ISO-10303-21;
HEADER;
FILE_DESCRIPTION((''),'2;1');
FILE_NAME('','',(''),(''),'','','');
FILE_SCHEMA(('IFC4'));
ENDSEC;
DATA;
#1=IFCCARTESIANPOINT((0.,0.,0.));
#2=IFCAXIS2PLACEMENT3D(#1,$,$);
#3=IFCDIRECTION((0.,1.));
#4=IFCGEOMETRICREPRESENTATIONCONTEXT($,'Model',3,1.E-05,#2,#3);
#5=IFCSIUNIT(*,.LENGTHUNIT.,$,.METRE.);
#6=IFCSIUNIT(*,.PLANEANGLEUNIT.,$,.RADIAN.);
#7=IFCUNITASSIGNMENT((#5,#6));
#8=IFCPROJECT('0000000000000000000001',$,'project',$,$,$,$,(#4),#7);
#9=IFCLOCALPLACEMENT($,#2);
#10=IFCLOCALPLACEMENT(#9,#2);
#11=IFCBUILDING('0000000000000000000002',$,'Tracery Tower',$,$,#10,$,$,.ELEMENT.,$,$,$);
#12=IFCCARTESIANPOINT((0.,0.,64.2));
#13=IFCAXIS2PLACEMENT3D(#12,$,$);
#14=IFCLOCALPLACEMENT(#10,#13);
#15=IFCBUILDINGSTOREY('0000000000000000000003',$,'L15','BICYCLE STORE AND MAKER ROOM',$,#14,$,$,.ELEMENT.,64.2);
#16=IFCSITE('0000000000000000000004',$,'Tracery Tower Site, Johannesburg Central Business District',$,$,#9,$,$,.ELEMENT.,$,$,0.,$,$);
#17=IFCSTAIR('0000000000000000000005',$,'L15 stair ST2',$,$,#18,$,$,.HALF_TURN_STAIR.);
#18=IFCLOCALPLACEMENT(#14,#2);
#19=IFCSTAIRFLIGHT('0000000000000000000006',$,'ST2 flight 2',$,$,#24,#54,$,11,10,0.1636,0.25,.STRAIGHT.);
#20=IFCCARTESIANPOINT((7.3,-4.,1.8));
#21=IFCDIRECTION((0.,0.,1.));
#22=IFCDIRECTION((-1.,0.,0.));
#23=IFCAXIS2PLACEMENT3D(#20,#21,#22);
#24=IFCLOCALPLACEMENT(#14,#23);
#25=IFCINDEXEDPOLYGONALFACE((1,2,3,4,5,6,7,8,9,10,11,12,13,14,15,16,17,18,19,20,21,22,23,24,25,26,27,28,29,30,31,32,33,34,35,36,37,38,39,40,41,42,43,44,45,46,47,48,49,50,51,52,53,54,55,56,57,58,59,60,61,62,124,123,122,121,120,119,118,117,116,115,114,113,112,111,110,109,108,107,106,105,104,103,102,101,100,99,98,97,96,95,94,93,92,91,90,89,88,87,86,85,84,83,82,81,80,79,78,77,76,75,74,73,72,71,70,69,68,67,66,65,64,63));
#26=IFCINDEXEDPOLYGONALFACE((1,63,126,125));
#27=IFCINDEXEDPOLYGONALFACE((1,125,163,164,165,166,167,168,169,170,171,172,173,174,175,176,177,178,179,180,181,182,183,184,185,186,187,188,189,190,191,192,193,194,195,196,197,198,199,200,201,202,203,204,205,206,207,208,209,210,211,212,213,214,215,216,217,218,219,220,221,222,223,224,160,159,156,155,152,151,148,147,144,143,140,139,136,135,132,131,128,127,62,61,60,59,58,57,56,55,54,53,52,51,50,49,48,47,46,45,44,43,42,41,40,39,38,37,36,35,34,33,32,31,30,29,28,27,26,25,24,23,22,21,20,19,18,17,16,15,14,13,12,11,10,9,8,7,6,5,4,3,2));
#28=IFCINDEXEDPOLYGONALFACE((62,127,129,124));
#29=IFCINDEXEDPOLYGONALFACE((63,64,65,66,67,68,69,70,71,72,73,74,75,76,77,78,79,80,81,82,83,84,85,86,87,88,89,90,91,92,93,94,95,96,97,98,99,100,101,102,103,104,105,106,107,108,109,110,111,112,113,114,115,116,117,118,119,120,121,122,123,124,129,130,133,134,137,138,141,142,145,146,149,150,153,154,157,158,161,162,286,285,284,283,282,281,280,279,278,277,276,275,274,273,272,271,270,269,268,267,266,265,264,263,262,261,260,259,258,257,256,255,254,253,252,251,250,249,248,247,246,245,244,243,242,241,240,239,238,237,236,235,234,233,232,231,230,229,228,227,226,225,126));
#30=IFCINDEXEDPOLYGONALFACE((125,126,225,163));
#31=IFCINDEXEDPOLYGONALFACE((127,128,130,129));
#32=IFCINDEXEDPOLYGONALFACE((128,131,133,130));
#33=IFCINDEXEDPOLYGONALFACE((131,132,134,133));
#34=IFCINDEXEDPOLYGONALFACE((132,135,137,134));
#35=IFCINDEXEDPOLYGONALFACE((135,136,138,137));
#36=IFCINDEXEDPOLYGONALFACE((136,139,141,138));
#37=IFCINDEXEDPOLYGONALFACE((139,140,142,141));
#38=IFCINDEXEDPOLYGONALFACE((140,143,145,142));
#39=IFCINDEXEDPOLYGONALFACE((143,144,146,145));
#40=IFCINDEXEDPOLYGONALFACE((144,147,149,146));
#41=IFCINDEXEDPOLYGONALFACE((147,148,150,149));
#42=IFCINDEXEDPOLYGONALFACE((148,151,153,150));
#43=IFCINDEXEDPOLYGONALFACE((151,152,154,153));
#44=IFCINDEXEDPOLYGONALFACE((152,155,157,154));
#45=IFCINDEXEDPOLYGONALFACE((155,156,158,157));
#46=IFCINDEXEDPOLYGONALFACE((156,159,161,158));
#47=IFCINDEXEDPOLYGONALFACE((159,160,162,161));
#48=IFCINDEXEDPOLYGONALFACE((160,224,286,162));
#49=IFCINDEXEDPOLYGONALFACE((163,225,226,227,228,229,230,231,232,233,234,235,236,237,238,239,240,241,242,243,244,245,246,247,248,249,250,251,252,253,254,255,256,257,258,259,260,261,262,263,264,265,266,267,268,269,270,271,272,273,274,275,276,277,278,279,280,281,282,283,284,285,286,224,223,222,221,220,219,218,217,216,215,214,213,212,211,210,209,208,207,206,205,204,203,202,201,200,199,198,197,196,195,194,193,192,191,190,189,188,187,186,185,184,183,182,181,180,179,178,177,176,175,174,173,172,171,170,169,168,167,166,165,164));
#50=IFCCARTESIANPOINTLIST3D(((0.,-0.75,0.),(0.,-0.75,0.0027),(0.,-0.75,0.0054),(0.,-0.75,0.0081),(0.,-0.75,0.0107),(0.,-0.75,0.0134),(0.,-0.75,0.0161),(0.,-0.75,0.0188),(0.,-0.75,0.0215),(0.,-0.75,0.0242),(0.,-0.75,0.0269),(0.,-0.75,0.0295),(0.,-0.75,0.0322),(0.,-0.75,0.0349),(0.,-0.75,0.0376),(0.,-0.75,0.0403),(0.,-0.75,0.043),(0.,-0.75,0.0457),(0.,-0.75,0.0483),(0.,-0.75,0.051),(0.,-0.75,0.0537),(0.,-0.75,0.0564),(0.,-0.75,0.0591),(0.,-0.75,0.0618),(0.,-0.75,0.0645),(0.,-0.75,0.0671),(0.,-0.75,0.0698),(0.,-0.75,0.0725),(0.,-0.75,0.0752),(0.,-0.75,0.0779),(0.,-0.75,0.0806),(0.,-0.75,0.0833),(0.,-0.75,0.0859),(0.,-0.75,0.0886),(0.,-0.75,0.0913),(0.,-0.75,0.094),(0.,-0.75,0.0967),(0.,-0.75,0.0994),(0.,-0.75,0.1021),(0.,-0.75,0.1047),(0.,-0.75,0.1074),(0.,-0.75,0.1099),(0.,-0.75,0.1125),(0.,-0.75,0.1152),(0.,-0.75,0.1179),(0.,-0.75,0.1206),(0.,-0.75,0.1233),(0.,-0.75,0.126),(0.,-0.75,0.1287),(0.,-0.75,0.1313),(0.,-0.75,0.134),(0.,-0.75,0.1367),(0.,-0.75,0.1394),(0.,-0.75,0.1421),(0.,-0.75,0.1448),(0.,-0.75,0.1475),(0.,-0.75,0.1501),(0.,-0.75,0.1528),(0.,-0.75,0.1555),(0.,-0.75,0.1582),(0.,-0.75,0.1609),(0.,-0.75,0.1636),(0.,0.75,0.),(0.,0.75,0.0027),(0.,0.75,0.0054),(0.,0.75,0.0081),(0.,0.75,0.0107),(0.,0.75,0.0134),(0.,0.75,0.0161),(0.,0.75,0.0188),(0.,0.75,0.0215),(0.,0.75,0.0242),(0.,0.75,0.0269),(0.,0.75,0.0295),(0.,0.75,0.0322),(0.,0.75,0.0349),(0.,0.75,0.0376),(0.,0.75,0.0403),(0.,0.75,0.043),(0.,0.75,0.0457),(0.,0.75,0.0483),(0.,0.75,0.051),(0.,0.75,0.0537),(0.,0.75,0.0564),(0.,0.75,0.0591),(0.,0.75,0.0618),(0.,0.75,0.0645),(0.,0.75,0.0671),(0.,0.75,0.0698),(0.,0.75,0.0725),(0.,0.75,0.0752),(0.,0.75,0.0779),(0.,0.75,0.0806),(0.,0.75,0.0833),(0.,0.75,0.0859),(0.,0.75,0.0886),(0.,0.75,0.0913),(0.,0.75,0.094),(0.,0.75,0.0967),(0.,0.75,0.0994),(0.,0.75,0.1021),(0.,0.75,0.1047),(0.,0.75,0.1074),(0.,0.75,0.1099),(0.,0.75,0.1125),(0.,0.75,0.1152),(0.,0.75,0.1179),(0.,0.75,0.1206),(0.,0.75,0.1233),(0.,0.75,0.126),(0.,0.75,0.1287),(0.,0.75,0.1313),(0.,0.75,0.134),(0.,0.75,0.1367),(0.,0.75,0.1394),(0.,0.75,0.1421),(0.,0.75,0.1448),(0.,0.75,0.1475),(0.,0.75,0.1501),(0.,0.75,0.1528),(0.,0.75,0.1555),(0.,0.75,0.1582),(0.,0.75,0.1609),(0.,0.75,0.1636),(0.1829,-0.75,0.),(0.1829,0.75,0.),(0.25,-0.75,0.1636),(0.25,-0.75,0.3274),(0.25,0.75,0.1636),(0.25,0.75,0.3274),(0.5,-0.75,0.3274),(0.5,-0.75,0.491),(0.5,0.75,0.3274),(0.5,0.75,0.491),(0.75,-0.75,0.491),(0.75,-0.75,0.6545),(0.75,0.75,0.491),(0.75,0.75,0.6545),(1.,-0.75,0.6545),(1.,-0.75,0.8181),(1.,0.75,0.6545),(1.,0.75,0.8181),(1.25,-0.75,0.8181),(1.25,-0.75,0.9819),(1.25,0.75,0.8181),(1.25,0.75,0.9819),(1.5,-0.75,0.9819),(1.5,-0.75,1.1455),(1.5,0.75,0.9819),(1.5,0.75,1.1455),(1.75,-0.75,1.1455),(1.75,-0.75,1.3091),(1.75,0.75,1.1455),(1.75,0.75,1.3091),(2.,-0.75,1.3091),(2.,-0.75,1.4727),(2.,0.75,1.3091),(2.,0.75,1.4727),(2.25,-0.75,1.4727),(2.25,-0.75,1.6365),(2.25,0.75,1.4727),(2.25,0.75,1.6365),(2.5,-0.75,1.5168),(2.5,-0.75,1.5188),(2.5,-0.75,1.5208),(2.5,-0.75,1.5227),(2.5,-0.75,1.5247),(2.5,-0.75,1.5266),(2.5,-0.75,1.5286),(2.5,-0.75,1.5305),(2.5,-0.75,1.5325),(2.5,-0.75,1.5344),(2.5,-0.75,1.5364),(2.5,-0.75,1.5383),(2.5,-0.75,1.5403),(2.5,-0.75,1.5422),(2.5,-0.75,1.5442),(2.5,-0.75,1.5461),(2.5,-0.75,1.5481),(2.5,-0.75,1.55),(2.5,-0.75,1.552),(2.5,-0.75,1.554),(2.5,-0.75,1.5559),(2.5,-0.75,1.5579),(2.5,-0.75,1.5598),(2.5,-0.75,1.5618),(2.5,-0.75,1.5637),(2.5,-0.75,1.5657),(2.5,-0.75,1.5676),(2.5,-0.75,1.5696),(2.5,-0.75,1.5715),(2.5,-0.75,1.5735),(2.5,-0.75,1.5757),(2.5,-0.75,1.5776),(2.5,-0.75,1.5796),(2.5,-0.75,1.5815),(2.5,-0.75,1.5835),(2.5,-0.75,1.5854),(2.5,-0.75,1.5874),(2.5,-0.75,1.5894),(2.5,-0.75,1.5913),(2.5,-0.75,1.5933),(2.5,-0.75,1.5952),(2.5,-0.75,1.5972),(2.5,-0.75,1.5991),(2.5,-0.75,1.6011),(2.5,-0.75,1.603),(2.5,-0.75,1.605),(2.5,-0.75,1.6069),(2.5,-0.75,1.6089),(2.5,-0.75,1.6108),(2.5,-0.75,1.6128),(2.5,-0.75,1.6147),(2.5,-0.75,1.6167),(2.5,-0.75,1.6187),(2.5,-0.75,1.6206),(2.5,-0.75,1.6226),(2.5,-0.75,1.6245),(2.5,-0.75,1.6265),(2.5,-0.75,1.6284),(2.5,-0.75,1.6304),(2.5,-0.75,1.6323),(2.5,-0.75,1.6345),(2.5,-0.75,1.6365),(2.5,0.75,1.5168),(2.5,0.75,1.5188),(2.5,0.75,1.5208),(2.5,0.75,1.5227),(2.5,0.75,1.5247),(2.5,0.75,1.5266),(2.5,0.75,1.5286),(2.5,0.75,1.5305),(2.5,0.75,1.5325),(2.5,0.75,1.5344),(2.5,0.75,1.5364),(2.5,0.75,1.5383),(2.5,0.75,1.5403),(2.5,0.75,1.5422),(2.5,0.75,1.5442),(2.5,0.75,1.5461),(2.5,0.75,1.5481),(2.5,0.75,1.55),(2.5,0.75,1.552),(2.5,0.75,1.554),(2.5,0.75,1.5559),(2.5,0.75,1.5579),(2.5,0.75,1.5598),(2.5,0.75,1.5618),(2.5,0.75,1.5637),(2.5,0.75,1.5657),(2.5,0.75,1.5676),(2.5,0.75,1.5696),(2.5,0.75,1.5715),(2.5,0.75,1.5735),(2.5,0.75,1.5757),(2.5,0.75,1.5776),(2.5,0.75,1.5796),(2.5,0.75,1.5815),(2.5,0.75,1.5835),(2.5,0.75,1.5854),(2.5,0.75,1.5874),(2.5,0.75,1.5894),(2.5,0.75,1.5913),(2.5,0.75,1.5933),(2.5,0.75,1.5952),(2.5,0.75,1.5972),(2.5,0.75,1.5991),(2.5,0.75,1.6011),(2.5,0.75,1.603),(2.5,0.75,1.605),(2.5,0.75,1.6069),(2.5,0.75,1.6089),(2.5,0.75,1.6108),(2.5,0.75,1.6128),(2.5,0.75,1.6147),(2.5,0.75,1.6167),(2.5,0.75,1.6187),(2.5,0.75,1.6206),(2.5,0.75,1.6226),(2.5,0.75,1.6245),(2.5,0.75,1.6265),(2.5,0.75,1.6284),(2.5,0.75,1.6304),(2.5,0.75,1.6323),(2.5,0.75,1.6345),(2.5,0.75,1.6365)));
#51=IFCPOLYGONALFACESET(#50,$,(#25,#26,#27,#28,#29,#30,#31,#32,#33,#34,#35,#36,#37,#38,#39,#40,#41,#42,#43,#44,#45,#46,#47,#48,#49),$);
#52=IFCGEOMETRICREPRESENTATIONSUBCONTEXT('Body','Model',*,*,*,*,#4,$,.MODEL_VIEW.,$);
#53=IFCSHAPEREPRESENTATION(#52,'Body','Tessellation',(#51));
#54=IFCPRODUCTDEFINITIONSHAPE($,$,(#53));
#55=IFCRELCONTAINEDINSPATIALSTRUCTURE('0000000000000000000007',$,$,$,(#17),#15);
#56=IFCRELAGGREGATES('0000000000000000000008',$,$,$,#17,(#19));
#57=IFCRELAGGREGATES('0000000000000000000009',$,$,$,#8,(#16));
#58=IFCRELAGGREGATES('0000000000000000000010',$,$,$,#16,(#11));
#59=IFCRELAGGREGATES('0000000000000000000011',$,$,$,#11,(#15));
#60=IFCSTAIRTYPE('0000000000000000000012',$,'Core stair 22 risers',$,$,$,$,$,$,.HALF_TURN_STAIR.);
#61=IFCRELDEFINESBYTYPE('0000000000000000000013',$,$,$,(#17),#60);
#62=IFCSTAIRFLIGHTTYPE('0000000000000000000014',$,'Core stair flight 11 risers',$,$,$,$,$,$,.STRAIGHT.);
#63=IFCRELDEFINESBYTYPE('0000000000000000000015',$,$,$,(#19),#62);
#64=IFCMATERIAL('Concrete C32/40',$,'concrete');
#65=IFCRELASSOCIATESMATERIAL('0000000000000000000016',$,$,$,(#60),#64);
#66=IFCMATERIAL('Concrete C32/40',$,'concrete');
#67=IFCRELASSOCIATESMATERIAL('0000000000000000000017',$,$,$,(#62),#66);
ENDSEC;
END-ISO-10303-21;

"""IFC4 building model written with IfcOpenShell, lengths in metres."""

from ifc_helpers import new_model, si_unit, direction, frame, origin, place, context, subcontext, project, spatial, polyline, outline, extrude, material, type_object, element, aggregate, save


model = new_model("IFC4")

# Units and contexts
model_context = context("Model", 3, precision=1e-05, world=origin(), true_north=direction((0.0, 1.0)))
body_context = subcontext(model_context, "Body", "Model", "MODEL_VIEW")
ifc_project = project(units=[si_unit("LENGTHUNIT", "METRE"), si_unit("PLANEANGLEUNIT", "RADIAN")], contexts=[model_context])

# Site, building, storey
site_placement = place(None, origin())
site = spatial("IfcSite", under=ifc_project, at=site_placement, Name="Tracery Tower Site, Johannesburg Central Business District", CompositionType="ELEMENT", RefElevation=0.0)
building_placement = place(site_placement, origin())
building = spatial("IfcBuilding", under=site, at=building_placement, Name="Tracery Tower", CompositionType="ELEMENT")
storey_placement = place(building_placement, frame((0.0, 0.0, 64.2)))
storey = spatial("IfcBuildingStorey", under=building, at=storey_placement, Name="L15", Description="BICYCLE STORE AND MAKER ROOM", CompositionType="ELEMENT", Elevation=64.2)

# Stair, stair flight
ifc_material_1 = material(Name="Concrete C32/40", Category="concrete")
stair_type = type_object("IfcStairType", Name="Core stair 22 risers", PredefinedType="HALF_TURN_STAIR", material=ifc_material_1)
stair_placement = place(storey_placement, origin())
stair = element("IfcStair", 1, at=stair_placement, inside=storey, type_object=stair_type, Name="L15 stair ST2", PredefinedType="HALF_TURN_STAIR")
ifc_material_2 = material(Name="Concrete C32/40", Category="concrete")
stair_flight_type = type_object("IfcStairFlightType", Name="Core stair flight 11 risers", PredefinedType="STRAIGHT", material=ifc_material_2)
stair_flight_1_placement = place(storey_placement, frame((7.3, -4.0, 1.8), z_axis=(0.0, 0.0, 1.0), x_axis=(-1.0, 0.0, 0.0)))
stair_flight_1 = element("IfcStairFlight", 2, at=stair_flight_1_placement, type_object=stair_flight_type, Name="ST2 flight 2", NumberOfRisers=11, NumberOfTreads=10, PredefinedType="STRAIGHT", RiserHeight=0.1636, TreadLength=0.25, context=body_context, shape_type="SweptSolid", body=[
    extrude(outline(polyline([(0.0, 0.0), (0.0, 0.0027), (0.0, 0.0054), (0.0, 0.0081), (0.0, 0.0107), (0.0, 0.0134), (0.0, 0.0161), (0.0, 0.0188), (0.0, 0.0215), (0.0, 0.0242), (0.0, 0.0269), (0.0, 0.0295), (0.0, 0.0322), (0.0, 0.0349), (0.0, 0.0376), (0.0, 0.0403), (0.0, 0.043), (0.0, 0.0457), (0.0, 0.0483), (0.0, 0.051), (0.0, 0.0537), (0.0, 0.0564), (0.0, 0.0591), (0.0, 0.0618), (0.0, 0.0645), (0.0, 0.0671), (0.0, 0.0698), (0.0, 0.0725), (0.0, 0.0752), (0.0, 0.0779), (0.0, 0.0806), (0.0, 0.0833), (0.0, 0.0859), (0.0, 0.0886), (0.0, 0.0913), (0.0, 0.094), (0.0, 0.0967), (0.0, 0.0994), (0.0, 0.1021), (0.0, 0.1047), (0.0, 0.1074), (0.0, 0.1099), (0.0, 0.1125), (0.0, 0.1152), (0.0, 0.1179), (0.0, 0.1206), (0.0, 0.1233), (0.0, 0.126), (0.0, 0.1287), (0.0, 0.1313), (0.0, 0.134), (0.0, 0.1367), (0.0, 0.1394), (0.0, 0.1421), (0.0, 0.1448), (0.0, 0.1475), (0.0, 0.1501), (0.0, 0.1528), (0.0, 0.1555), (0.0, 0.1582), (0.0, 0.1609), (0.0, 0.1636), (0.25, 0.1636), (0.25, 0.3274), (0.5, 0.3274), (0.5, 0.491), (0.75, 0.491), (0.75, 0.6545), (1.0, 0.6545), (1.0, 0.8181), (1.25, 0.8181), (1.25, 0.9819), (1.5, 0.9819), (1.5, 1.1455), (1.75, 1.1455), (1.75, 1.3091), (2.0, 1.3091), (2.0, 1.4727), (2.25, 1.4727), (2.25, 1.6365), (2.5, 1.6365), (2.5, 1.6345), (2.5, 1.6323), (2.5, 1.6304), (2.5, 1.6284), (2.5, 1.6265), (2.5, 1.6245), (2.5, 1.6226), (2.5, 1.6206), (2.5, 1.6187), (2.5, 1.6167), (2.5, 1.6147), (2.5, 1.6128), (2.5, 1.6108), (2.5, 1.6089), (2.5, 1.6069), (2.5, 1.605), (2.5, 1.603), (2.5, 1.6011), (2.5, 1.5991), (2.5, 1.5972), (2.5, 1.5952), (2.5, 1.5933), (2.5, 1.5913), (2.5, 1.5894), (2.5, 1.5874), (2.5, 1.5854), (2.5, 1.5835), (2.5, 1.5815), (2.5, 1.5796), (2.5, 1.5776), (2.5, 1.5757), (2.5, 1.5735), (2.5, 1.5715), (2.5, 1.5696), (2.5, 1.5676), (2.5, 1.5657), (2.5, 1.5637), (2.5, 1.5618), (2.5, 1.5598), (2.5, 1.5579), (2.5, 1.5559), (2.5, 1.554), (2.5, 1.552), (2.5, 1.55), (2.5, 1.5481), (2.5, 1.5461), (2.5, 1.5442), (2.5, 1.5422), (2.5, 1.5403), (2.5, 1.5383), (2.5, 1.5364), (2.5, 1.5344), (2.5, 1.5325), (2.5, 1.5305), (2.5, 1.5286), (2.5, 1.5266), (2.5, 1.5247), (2.5, 1.5227), (2.5, 1.5208), (2.5, 1.5188), (2.5, 1.5168), (0.1829, 0.0), (0.0, 0.0)])), frame((0.0, 0.75, 0.0), z_axis=(0.0, -1.0, 0.0), x_axis=(1.0, 0.0, 0.0)), (0.0, 0.0, 1.0), 1.5),
])
aggregate(stair, [stair_flight_1])

save(model, "model.ifc")
